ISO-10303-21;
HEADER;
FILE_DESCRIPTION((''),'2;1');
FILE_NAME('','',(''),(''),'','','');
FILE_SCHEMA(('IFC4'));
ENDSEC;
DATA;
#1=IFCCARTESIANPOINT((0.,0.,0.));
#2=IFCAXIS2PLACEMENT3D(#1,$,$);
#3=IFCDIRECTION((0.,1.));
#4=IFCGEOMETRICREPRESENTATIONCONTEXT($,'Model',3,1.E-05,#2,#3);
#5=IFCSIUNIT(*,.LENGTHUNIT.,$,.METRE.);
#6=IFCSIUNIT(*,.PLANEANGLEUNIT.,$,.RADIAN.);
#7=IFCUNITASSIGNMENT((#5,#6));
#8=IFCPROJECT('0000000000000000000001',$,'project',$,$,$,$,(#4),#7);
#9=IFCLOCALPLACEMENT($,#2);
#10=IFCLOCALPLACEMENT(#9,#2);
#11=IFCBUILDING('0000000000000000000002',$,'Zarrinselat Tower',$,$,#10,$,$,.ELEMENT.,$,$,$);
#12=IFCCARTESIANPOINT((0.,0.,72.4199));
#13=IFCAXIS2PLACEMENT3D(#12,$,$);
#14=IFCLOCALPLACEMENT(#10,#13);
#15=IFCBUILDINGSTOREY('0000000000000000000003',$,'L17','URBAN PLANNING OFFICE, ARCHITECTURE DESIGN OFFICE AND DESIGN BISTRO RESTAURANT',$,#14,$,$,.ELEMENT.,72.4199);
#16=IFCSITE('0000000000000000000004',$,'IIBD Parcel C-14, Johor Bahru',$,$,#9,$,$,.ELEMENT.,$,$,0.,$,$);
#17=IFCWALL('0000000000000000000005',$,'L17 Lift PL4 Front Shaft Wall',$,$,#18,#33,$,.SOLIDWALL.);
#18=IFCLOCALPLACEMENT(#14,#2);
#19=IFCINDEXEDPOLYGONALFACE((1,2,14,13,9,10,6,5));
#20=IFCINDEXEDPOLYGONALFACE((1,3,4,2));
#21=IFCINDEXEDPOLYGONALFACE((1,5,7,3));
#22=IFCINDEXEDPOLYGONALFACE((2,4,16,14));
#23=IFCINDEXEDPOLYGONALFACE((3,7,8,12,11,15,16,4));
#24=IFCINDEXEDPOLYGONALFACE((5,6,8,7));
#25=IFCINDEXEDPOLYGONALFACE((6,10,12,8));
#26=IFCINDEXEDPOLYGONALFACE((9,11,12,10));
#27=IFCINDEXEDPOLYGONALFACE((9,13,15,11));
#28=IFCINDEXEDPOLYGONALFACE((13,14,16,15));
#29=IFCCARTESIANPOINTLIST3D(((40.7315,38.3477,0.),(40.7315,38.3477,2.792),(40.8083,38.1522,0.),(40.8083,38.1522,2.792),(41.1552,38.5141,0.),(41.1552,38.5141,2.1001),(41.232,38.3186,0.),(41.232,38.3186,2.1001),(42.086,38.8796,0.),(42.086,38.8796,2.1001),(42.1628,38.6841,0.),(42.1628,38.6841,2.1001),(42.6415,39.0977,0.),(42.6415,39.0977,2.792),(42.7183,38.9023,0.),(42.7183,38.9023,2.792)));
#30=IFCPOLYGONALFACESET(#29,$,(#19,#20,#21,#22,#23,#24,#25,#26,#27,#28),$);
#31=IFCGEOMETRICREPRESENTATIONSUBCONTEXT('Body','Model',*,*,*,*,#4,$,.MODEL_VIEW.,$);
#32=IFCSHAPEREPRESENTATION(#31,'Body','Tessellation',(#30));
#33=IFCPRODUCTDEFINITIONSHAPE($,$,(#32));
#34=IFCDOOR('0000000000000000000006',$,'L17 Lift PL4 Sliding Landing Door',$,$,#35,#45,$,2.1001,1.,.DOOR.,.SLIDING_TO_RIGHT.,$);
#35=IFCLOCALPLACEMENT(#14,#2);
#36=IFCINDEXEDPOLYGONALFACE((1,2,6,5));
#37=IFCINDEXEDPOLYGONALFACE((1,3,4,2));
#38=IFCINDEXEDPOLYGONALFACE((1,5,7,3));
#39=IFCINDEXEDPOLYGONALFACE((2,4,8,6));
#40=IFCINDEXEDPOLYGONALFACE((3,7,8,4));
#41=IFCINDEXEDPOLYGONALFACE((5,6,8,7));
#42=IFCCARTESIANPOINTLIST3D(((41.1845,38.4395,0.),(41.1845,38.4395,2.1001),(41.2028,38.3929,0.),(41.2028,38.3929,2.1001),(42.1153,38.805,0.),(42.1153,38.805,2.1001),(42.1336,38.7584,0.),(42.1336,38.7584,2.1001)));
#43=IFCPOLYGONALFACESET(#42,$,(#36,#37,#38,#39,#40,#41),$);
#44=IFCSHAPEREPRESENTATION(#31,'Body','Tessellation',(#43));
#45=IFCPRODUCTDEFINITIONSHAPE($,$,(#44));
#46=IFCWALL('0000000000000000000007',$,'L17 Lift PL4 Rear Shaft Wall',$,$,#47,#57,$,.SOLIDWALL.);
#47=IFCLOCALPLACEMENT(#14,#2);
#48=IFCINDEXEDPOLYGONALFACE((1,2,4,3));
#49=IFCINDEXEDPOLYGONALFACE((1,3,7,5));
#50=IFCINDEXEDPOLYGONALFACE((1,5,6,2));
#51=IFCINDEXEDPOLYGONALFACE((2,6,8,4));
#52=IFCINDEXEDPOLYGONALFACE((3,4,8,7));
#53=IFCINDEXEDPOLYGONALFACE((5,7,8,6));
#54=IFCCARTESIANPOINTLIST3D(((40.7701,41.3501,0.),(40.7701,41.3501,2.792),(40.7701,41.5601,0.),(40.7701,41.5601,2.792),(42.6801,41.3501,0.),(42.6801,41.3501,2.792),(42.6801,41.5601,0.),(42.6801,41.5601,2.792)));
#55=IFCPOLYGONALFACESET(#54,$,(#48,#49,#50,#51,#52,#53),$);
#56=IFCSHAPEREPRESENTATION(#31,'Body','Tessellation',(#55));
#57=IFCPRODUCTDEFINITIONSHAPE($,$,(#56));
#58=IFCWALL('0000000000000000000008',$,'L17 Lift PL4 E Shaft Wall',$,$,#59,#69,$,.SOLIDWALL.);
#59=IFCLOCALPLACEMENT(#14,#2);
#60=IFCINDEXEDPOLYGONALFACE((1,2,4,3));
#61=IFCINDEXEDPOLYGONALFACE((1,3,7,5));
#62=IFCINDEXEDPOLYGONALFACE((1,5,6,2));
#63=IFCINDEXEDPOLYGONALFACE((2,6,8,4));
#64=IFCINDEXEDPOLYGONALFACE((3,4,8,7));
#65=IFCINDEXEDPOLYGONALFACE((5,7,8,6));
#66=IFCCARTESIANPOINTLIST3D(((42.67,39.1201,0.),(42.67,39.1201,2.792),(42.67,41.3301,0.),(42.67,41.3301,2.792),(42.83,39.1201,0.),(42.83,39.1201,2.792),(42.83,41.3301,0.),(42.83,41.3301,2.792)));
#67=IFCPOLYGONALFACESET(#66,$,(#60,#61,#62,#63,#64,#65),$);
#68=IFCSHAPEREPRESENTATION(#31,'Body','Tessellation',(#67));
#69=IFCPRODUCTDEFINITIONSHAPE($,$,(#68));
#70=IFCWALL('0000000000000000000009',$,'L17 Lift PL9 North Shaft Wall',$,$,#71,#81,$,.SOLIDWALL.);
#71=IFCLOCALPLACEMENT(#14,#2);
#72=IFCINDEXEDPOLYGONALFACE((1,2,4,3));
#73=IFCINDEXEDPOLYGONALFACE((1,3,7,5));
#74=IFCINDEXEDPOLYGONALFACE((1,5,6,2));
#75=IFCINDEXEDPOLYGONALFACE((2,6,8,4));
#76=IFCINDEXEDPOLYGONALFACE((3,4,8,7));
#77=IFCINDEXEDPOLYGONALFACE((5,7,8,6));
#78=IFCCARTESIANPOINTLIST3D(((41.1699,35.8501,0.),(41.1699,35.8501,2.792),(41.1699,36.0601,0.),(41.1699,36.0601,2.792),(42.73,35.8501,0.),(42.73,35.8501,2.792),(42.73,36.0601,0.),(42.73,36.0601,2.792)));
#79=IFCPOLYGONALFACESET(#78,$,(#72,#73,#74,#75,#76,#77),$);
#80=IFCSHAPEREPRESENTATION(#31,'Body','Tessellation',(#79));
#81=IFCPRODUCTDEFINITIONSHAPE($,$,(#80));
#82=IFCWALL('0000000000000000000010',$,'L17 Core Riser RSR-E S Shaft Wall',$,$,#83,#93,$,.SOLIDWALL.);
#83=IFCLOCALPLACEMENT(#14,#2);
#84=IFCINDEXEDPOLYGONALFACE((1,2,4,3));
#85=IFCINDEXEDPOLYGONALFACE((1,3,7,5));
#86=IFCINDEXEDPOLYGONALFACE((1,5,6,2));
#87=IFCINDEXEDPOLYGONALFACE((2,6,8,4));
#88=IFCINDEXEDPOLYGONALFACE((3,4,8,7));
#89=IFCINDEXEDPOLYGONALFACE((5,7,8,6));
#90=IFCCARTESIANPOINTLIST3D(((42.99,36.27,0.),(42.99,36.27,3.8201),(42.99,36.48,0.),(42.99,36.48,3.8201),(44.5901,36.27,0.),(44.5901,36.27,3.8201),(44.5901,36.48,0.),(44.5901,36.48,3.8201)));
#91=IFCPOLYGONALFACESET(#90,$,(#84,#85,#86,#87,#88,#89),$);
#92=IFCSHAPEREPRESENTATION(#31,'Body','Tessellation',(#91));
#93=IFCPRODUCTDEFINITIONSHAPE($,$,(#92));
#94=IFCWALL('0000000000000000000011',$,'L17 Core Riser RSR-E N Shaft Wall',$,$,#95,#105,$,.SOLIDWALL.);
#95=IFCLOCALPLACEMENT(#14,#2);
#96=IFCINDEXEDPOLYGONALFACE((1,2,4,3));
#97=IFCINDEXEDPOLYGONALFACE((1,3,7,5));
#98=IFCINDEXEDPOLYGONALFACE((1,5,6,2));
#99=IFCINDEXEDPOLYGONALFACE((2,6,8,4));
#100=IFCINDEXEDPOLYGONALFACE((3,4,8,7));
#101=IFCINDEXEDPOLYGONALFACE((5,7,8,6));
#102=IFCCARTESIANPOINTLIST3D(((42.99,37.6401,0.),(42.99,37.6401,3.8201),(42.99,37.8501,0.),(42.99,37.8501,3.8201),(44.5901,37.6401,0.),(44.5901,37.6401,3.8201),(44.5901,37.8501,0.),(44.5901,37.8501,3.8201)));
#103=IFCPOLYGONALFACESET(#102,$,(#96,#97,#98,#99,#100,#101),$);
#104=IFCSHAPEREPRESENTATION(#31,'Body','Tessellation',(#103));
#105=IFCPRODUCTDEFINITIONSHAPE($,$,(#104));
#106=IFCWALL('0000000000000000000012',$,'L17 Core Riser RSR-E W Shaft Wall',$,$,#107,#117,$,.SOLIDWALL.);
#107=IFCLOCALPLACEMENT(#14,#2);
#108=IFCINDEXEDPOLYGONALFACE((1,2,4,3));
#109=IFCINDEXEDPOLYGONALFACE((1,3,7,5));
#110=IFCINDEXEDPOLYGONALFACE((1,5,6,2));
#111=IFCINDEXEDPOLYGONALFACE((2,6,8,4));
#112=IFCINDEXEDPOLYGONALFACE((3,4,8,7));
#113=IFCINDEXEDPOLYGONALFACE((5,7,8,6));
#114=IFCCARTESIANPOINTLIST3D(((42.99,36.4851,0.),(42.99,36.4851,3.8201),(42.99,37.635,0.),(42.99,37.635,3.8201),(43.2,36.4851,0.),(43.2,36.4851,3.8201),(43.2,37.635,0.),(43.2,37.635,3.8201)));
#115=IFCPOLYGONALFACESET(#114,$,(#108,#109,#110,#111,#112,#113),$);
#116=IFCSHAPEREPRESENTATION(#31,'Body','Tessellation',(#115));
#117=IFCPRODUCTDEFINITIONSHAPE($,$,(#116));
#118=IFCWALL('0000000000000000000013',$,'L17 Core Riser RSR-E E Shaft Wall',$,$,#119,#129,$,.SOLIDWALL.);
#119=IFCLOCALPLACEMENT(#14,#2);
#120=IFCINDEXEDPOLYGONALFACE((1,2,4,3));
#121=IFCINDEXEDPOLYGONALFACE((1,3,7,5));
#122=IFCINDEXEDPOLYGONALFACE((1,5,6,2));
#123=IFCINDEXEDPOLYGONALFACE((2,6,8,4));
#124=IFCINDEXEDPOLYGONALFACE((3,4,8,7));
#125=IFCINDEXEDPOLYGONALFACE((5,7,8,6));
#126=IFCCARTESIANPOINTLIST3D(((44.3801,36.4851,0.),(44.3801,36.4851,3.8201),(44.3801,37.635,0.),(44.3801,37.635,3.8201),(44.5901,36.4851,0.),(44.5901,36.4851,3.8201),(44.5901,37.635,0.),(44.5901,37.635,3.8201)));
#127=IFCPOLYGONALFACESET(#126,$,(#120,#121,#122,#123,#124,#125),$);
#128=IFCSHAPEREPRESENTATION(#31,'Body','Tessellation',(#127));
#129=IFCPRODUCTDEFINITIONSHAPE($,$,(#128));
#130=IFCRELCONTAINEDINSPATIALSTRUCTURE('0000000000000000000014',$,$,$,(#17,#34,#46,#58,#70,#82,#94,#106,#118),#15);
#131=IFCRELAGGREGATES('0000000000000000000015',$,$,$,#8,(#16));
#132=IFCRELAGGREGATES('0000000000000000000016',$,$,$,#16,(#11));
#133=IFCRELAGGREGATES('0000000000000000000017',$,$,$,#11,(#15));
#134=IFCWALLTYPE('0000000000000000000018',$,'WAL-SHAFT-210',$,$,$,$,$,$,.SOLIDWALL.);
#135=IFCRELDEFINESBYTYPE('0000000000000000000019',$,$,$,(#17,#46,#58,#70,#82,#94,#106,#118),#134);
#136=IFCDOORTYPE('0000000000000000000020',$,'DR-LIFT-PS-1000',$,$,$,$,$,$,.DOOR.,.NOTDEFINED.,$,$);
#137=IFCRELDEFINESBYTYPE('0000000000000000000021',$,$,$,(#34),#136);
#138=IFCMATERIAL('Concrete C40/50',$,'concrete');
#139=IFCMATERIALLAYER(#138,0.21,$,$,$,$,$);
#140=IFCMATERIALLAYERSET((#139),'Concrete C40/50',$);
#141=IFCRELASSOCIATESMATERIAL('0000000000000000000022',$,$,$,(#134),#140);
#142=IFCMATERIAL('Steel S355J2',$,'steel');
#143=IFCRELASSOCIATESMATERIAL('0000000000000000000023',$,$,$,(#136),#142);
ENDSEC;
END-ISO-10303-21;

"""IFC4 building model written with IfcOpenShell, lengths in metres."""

from ifc_helpers import new_model, si_unit, direction, frame, frame_2d, origin, place, context, subcontext, project, spatial, rectangle, extrude, material, layer, layer_set, type_object, element, fill, save


model = new_model("IFC4")

# Units and contexts
model_context = context("Model", 3, precision=1e-05, world=origin(), true_north=direction((0.0, 1.0)))
body_context = subcontext(model_context, "Body", "Model", "MODEL_VIEW")
ifc_project = project(units=[si_unit("LENGTHUNIT", "METRE"), si_unit("PLANEANGLEUNIT", "RADIAN")], contexts=[model_context])

# Site, building, storey
site_placement = place(None, origin())
site = spatial("IfcSite", under=ifc_project, at=site_placement, Name="IIBD Parcel C-14, Johor Bahru", CompositionType="ELEMENT", RefElevation=0.0)
building_placement = place(site_placement, origin())
building = spatial("IfcBuilding", under=site, at=building_placement, Name="Zarrinselat Tower", CompositionType="ELEMENT")
storey_placement = place(building_placement, frame((0.0, 0.0, 72.4199)))
storey = spatial("IfcBuildingStorey", under=building, at=storey_placement, Name="L17", Description="URBAN PLANNING OFFICE, ARCHITECTURE DESIGN OFFICE AND DESIGN BISTRO RESTAURANT", CompositionType="ELEMENT", Elevation=72.4199)

# Shared definitions
ifc_material_1 = material(Name="Concrete C40/50", Category="concrete")
ifc_layer_1 = layer(ifc_material_1, 0.21)
ifc_layer_set_1 = layer_set([ifc_layer_1], Name="Concrete C40/50")
wall_type_1 = type_object("IfcWallType", Name="WAL-SHAFT-210", PredefinedType="SOLIDWALL", material=ifc_layer_set_1)

# Shared definitions
ifc_material_2 = material(Name="Steel S355J2", Category="steel")
door_type = type_object("IfcDoorType", Name="DR-LIFT-PS-1000", OperationType="NOTDEFINED", PredefinedType="DOOR", material=ifc_material_2)

# Wall, opening, door
wall_1_placement = place(storey_placement, frame((40.77, 38.25, 0.0), z_axis=(0.0, 0.0, 1.0), x_axis=(0.930805, 0.365516, 0.0)))
wall_1 = element("IfcWall", 1, at=wall_1_placement, inside=storey, type_object=wall_type_1, Name="L17 Lift PL4 Front Shaft Wall", PredefinedType="SOLIDWALL", context=body_context, shape_type="SweptSolid", body=[
    extrude(rectangle(XDim=2.052, YDim=0.21, at=frame_2d((1.0259, 0.0))), origin(), (0.0, 0.0, 1.0), 2.792),
])
opening_1_placement = place(wall_1_placement, frame((0.4551, 0.0, 0.0)))
opening_1 = element("IfcOpeningElement", 2, at=opening_1_placement, cuts=wall_1, PredefinedType="OPENING", context=body_context, shape_type="SweptSolid", body=[
    extrude(rectangle(XDim=1.0, YDim=2.1001, at=frame_2d((0.5, 1.05))), frame((0.0, 0.115, 0.0), z_axis=(0.0, -1.0, 0.0), x_axis=(1.0, 0.0, 0.0)), (0.0, 0.0, 1.0), 0.23),
])
door_1_placement = place(opening_1_placement, origin())
door_1 = element("IfcDoor", 3, at=door_1_placement, inside=storey, type_object=door_type, Name="L17 Lift PL4 Sliding Landing Door", OperationType="SLIDING_TO_RIGHT", OverallHeight=2.1001, OverallWidth=1.0, PredefinedType="DOOR", context=body_context, shape_type="SweptSolid", body=[
    extrude(rectangle(XDim=1.0, YDim=2.1001, at=frame_2d((0.5, 1.05))), frame((0.0, 0.0249, 0.0), z_axis=(0.0, -1.0, 0.0), x_axis=(1.0, 0.0, 0.0)), (0.0, 0.0, 1.0), 0.05),
])
fill(opening_1, door_1)

# Walls
wall_2_placement = place(storey_placement, frame((40.77, 41.4551, 0.0), z_axis=(0.0, 0.0, 1.0), x_axis=(1.0, 0.0, 0.0)))
element("IfcWall", 4, at=wall_2_placement, inside=storey, type_object=wall_type_1, Name="L17 Lift PL4 Rear Shaft Wall", PredefinedType="SOLIDWALL", context=body_context, shape_type="SweptSolid", body=[
    extrude(rectangle(XDim=1.9099, YDim=0.21, at=frame_2d((0.9551, 0.0))), origin(), (0.0, 0.0, 1.0), 2.792),
])
wall_3_placement = place(storey_placement, frame((42.75, 39.1201, 0.0), z_axis=(0.0, 0.0, 1.0), x_axis=(0.0, 1.0, 0.0)))
element("IfcWall", 5, at=wall_3_placement, inside=storey, type_object=wall_type_1, Name="L17 Lift PL4 E Shaft Wall", PredefinedType="SOLIDWALL", context=body_context, shape_type="SweptSolid", body=[
    extrude(rectangle(XDim=2.21, YDim=0.1599, at=frame_2d((1.105, 0.0))), origin(), (0.0, 0.0, 1.0), 2.792),
])
wall_4_placement = place(storey_placement, frame((41.1699, 35.9551, 0.0), z_axis=(0.0, 0.0, 1.0), x_axis=(1.0, 0.0, 0.0)))
element("IfcWall", 6, at=wall_4_placement, inside=storey, type_object=wall_type_1, Name="L17 Lift PL9 North Shaft Wall", PredefinedType="SOLIDWALL", context=body_context, shape_type="SweptSolid", body=[
    extrude(rectangle(XDim=1.5601, YDim=0.21, at=frame_2d((0.78, 0.0))), origin(), (0.0, 0.0, 1.0), 2.792),
])
for number, where, z_axis, x_axis, name in (
    (7, (42.99, 36.375, 0.0), (0.0, 0.0, 1.0), (1.0, 0.0, 0.0), "L17 Core Riser RSR-E S Shaft Wall"),
    (8, (42.99, 37.7451, 0.0), (0.0, 0.0, 1.0), (1.0, 0.0, 0.0), "L17 Core Riser RSR-E N Shaft Wall"),
):
    element("IfcWall", number, at=place(storey_placement, frame(where, z_axis=z_axis, x_axis=x_axis)), inside=storey, type_object=wall_type_1, Name=name, PredefinedType="SOLIDWALL", context=body_context, shape_type="SweptSolid", body=[
        extrude(rectangle(XDim=1.6001, YDim=0.21, at=frame_2d((0.8, 0.0))), origin(), (0.0, 0.0, 1.0), 3.8201),
    ])
for number, where, z_axis, x_axis, name in (
    (9, (43.095, 36.4851, 0.0), (0.0, 0.0, 1.0), (0.0, 1.0, 0.0), "L17 Core Riser RSR-E W Shaft Wall"),
    (10, (44.4851, 36.4851, 0.0), (0.0, 0.0, 1.0), (0.0, 1.0, 0.0), "L17 Core Riser RSR-E E Shaft Wall"),
):
    element("IfcWall", number, at=place(storey_placement, frame(where, z_axis=z_axis, x_axis=x_axis)), inside=storey, type_object=wall_type_1, Name=name, PredefinedType="SOLIDWALL", context=body_context, shape_type="SweptSolid", body=[
        extrude(rectangle(XDim=1.1499, YDim=0.21, at=frame_2d((0.575, 0.0))), origin(), (0.0, 0.0, 1.0), 3.8201),
    ])

save(model, "model.ifc")
